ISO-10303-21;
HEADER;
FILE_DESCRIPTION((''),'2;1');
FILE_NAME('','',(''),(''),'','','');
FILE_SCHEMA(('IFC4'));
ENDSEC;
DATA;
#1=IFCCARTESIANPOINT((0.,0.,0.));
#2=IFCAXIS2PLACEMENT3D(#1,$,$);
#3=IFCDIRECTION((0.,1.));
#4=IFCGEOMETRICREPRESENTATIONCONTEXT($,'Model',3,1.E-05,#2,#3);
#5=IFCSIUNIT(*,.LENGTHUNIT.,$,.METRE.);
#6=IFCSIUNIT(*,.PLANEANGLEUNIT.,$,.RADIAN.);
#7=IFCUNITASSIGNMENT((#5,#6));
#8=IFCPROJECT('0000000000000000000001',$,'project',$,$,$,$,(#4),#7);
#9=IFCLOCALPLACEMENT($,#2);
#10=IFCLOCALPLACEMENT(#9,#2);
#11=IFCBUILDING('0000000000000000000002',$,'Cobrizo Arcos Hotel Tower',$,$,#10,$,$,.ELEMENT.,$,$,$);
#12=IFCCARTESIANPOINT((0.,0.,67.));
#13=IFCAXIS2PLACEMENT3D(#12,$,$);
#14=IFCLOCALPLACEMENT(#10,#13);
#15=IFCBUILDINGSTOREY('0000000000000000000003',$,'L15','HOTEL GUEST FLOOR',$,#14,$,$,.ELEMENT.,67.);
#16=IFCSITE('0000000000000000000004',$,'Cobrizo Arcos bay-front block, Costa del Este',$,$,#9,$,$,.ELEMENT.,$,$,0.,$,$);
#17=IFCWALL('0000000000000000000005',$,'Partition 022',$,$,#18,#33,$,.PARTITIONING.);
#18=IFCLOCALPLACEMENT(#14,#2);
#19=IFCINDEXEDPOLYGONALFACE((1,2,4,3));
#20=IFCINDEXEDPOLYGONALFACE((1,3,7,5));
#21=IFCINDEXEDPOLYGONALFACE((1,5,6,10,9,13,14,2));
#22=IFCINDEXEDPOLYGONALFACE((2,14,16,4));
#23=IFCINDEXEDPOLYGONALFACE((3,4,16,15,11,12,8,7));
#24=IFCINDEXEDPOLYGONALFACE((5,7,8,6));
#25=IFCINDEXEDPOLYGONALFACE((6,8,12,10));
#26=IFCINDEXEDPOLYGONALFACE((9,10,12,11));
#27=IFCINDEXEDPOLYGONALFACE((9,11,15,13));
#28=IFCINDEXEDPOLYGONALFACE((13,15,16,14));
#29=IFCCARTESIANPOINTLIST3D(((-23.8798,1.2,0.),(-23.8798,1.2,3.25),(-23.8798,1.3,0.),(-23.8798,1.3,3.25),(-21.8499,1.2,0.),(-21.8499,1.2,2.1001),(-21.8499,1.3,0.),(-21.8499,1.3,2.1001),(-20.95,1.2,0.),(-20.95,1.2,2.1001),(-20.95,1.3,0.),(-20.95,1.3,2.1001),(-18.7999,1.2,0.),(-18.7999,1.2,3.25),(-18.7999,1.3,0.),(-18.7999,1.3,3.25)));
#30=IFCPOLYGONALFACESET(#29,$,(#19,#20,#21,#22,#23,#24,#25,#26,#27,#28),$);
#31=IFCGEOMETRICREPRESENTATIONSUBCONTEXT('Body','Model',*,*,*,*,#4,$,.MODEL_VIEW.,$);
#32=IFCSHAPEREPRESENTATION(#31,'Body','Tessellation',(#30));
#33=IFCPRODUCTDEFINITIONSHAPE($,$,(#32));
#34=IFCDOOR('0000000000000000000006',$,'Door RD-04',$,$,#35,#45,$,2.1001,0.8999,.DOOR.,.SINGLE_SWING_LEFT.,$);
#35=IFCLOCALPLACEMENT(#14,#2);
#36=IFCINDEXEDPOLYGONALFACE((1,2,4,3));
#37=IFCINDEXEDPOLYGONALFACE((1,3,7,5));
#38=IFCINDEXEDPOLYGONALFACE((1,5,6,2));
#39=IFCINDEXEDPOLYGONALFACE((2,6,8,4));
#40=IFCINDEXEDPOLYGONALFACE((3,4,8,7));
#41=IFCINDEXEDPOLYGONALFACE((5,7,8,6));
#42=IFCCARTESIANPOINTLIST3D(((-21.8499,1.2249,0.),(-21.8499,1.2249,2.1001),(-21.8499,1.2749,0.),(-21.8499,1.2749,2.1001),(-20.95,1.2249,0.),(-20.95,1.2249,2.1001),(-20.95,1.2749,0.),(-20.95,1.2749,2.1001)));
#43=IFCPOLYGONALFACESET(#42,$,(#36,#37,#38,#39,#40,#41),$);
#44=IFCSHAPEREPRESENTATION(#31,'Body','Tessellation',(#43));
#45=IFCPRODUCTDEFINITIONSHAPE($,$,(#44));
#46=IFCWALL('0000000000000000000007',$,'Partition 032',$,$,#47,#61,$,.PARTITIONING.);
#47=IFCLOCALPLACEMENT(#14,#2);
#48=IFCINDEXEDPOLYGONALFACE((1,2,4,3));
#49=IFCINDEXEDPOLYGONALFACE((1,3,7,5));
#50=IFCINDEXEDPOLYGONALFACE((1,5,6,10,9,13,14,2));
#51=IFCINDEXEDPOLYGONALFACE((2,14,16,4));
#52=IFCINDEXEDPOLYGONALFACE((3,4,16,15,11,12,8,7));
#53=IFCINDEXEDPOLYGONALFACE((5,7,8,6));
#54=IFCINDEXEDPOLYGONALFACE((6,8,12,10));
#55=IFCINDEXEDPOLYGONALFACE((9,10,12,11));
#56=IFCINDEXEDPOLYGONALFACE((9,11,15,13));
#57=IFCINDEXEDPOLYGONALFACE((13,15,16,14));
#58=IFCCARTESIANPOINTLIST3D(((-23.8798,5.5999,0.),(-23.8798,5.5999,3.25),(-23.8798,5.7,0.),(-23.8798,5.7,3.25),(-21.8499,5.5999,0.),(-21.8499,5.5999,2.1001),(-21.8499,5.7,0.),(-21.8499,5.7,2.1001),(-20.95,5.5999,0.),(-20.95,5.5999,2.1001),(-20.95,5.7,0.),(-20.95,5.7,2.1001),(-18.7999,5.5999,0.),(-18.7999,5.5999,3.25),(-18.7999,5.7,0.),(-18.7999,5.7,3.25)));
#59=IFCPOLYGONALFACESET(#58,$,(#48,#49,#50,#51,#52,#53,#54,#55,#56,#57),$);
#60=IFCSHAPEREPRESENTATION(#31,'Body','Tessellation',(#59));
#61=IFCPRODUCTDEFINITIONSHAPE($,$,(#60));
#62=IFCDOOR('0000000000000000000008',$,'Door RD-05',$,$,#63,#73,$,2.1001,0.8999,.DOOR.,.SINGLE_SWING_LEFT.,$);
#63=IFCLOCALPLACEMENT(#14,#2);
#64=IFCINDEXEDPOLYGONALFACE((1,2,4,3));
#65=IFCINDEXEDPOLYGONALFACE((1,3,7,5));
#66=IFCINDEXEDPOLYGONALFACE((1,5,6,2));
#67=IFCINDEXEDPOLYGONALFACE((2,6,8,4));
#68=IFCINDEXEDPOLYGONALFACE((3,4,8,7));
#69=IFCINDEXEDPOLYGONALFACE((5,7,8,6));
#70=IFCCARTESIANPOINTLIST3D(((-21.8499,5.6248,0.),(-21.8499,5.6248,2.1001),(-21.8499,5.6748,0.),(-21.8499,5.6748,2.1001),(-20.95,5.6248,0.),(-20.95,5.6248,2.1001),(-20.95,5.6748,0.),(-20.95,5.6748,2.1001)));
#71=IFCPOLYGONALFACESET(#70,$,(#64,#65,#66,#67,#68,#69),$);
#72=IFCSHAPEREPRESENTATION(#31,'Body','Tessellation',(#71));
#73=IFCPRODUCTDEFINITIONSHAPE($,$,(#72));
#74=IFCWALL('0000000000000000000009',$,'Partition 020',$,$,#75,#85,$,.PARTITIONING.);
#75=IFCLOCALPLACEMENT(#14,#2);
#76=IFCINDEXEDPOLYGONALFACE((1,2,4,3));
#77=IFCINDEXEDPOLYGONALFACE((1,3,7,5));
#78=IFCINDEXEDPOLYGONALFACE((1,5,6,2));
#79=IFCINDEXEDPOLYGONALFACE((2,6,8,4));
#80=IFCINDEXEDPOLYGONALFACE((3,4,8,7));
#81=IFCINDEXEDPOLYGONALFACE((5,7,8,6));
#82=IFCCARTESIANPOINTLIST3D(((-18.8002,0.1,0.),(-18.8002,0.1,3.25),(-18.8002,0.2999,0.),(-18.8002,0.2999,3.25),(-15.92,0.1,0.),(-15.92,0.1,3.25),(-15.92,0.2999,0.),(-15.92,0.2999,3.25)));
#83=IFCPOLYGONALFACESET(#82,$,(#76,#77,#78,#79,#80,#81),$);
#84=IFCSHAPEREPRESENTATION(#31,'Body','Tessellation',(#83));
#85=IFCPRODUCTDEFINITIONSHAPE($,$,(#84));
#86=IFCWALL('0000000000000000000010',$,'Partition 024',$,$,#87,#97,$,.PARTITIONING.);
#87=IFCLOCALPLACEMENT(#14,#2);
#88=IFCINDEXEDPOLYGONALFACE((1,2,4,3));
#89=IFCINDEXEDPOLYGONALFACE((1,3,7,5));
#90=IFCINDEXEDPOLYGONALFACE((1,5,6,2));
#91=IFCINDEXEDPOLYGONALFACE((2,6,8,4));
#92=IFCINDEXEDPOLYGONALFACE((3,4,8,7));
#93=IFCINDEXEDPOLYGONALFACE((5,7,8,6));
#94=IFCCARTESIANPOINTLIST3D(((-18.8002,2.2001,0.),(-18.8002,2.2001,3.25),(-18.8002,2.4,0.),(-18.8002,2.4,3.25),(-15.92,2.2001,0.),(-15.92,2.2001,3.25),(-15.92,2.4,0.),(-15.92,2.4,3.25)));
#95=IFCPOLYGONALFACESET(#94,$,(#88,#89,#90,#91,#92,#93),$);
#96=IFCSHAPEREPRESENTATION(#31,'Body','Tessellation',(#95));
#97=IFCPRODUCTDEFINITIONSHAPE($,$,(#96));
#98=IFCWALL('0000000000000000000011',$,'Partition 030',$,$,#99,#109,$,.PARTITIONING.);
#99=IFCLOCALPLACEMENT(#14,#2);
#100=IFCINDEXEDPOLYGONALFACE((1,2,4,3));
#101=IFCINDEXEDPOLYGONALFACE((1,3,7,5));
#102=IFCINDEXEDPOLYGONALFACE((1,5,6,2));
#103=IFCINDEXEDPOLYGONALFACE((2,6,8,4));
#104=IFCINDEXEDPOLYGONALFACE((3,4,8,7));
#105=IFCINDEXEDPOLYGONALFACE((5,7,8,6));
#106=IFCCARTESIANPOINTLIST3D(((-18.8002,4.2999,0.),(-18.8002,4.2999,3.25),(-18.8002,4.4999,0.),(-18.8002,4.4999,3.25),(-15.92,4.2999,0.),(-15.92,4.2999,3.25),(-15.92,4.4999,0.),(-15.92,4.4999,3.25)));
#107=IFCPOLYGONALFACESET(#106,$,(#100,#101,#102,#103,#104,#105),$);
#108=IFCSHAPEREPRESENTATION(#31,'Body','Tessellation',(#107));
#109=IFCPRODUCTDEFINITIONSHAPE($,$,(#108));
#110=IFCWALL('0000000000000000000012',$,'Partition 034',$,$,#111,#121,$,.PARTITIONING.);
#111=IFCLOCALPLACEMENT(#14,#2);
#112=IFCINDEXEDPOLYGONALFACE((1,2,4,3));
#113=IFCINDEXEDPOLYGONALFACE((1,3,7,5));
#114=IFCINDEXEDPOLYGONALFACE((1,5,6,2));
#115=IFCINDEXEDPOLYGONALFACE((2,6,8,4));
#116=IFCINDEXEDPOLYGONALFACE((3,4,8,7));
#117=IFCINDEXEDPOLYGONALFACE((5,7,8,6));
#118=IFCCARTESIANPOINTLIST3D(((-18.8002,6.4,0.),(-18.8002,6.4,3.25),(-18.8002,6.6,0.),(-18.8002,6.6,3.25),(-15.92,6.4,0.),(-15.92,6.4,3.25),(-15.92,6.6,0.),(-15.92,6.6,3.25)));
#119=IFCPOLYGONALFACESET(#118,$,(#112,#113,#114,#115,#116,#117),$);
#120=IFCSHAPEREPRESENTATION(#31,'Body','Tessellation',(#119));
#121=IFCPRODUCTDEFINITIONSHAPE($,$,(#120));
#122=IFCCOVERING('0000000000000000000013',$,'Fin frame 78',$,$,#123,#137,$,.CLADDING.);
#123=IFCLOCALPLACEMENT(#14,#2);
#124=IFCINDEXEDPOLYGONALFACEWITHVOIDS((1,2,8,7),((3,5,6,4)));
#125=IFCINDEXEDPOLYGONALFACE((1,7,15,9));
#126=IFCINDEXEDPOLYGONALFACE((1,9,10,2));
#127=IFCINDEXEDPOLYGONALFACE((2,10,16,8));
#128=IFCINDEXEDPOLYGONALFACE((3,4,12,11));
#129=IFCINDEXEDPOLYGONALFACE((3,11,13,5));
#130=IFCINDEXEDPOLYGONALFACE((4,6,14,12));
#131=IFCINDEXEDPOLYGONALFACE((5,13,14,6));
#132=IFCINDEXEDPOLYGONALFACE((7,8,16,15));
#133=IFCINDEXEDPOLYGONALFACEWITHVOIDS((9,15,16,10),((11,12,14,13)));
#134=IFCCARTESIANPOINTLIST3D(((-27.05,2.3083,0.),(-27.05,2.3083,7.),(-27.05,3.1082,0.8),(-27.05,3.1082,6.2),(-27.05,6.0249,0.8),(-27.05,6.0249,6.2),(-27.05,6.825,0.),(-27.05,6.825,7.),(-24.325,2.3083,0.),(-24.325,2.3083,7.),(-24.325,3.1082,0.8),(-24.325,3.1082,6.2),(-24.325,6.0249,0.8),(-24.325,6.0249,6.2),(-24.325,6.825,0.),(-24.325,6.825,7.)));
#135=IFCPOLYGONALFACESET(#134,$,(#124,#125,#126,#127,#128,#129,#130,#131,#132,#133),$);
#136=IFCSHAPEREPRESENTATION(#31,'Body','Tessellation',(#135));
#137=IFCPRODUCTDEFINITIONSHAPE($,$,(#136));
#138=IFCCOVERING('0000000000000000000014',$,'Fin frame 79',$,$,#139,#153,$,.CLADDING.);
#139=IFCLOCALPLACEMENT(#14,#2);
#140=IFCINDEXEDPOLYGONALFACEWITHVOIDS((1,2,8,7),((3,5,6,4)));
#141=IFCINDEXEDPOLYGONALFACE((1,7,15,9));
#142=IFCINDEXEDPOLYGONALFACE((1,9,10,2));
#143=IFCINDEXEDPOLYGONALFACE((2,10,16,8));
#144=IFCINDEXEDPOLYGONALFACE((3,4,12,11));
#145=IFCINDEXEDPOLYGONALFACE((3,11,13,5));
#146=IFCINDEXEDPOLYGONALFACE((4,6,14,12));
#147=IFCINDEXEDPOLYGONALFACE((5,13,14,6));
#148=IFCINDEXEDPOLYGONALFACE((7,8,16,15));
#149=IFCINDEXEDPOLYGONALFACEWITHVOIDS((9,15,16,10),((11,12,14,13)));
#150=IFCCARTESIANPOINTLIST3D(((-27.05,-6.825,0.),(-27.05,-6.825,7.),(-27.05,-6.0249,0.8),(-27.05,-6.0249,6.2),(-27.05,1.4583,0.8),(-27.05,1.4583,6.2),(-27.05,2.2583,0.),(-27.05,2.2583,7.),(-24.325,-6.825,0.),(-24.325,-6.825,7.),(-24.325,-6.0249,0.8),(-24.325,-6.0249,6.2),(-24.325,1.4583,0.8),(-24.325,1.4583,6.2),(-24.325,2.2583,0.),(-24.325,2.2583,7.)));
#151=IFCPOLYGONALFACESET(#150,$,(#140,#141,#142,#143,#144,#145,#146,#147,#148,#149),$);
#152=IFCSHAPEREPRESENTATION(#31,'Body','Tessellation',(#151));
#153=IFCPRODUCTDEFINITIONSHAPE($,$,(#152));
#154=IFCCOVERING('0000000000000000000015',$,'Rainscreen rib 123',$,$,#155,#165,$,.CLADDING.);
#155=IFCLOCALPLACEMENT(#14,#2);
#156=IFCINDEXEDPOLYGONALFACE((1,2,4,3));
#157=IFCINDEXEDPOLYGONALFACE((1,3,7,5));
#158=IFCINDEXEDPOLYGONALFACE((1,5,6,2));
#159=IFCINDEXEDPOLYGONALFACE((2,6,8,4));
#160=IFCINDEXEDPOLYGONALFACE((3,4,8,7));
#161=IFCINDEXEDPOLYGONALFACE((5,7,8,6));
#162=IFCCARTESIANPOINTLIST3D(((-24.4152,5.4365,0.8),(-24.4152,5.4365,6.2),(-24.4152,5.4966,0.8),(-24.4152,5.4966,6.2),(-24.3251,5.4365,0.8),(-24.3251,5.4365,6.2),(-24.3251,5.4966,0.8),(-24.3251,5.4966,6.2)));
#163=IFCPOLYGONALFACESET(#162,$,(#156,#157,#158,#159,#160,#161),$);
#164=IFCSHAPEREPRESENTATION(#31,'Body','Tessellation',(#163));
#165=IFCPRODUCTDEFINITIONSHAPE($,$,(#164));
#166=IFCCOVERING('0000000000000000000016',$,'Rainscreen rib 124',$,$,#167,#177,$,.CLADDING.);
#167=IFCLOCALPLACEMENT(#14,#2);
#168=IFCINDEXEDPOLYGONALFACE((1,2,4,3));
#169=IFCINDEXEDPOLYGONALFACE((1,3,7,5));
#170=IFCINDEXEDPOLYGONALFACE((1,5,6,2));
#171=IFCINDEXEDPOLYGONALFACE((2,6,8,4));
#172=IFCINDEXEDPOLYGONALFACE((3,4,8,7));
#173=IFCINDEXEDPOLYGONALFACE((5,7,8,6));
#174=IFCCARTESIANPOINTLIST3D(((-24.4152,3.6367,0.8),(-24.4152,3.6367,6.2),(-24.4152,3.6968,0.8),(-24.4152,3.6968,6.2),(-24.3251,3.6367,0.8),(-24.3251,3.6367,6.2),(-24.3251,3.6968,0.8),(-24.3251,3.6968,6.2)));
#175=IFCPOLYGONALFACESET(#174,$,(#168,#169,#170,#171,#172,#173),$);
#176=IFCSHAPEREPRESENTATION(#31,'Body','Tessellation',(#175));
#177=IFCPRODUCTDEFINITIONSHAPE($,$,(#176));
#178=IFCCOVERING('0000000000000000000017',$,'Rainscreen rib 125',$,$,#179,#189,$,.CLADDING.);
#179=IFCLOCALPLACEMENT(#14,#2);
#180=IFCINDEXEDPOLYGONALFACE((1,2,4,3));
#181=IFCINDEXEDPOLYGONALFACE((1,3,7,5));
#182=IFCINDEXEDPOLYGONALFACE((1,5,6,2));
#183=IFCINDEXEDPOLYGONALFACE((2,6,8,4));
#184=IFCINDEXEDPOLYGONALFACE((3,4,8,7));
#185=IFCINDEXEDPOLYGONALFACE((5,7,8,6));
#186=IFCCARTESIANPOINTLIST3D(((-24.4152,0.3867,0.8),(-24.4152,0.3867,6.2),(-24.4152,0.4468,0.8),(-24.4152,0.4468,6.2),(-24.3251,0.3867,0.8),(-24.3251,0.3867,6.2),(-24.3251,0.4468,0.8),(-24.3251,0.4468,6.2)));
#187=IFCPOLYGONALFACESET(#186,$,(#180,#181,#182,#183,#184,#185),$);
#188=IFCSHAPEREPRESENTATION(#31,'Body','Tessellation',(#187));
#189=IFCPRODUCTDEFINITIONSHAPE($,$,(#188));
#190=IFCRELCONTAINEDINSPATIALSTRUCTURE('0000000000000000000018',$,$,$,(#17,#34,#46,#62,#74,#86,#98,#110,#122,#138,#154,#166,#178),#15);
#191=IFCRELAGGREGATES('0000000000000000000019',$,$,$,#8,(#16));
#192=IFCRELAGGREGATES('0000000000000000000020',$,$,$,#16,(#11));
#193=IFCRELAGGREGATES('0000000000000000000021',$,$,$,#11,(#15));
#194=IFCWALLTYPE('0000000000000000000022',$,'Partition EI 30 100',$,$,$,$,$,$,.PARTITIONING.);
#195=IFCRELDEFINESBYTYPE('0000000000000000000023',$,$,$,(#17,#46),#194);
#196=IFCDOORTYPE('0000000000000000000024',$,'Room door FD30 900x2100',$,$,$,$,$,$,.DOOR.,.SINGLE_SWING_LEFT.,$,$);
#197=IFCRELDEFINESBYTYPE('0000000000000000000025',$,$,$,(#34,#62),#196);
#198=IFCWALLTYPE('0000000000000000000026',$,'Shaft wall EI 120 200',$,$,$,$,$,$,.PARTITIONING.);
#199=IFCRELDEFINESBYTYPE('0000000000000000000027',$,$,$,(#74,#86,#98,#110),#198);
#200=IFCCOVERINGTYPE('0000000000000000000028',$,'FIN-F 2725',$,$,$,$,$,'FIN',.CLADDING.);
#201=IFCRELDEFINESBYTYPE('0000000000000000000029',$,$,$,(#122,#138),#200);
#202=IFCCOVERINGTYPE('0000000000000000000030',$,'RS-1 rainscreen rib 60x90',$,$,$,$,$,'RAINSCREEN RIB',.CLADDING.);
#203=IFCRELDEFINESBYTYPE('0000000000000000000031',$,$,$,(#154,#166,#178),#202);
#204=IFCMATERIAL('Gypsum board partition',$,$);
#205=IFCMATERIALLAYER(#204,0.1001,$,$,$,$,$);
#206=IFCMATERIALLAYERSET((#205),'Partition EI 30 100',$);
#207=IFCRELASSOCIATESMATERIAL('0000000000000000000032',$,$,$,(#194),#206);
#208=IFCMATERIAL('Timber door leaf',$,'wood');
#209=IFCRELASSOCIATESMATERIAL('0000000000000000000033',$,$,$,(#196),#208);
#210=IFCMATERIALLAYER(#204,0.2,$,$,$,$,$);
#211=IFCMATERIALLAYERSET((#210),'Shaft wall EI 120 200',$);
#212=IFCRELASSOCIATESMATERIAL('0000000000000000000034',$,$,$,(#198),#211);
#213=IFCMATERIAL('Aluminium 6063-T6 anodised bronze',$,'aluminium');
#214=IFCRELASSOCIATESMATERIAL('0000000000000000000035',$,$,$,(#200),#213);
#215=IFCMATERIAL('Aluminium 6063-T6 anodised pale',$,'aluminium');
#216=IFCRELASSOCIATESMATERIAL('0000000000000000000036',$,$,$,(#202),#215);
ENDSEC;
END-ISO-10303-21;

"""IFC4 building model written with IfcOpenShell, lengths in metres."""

from ifc_helpers import new_model, si_unit, direction, frame, frame_2d, origin, origin_2d, place, context, subcontext, project, spatial, polyline, rectangle, outline, extrude, material, layer, layer_set, type_object, element, fill, save


model = new_model("IFC4")

# Units and contexts
model_context = context("Model", 3, precision=1e-05, world=origin(), true_north=direction((0.0, 1.0)))
body_context = subcontext(model_context, "Body", "Model", "MODEL_VIEW")
ifc_project = project(units=[si_unit("LENGTHUNIT", "METRE"), si_unit("PLANEANGLEUNIT", "RADIAN")], contexts=[model_context])

# Site, building, storey
site_placement = place(None, origin())
site = spatial("IfcSite", under=ifc_project, at=site_placement, Name="Cobrizo Arcos bay-front block, Costa del Este", CompositionType="ELEMENT", RefElevation=0.0)
building_placement = place(site_placement, origin())
building = spatial("IfcBuilding", under=site, at=building_placement, Name="Cobrizo Arcos Hotel Tower", CompositionType="ELEMENT")
storey_placement = place(building_placement, frame((0.0, 0.0, 67.0)))
storey = spatial("IfcBuildingStorey", under=building, at=storey_placement, Name="L15", Description="HOTEL GUEST FLOOR", CompositionType="ELEMENT", Elevation=67.0)

# Walls, openings, doors
ifc_material_1 = material(Name="Gypsum board partition")
ifc_layer_1 = layer(ifc_material_1, 0.1001)
ifc_layer_set_1 = layer_set([ifc_layer_1], Name="Partition EI 30 100")
wall_type_1 = type_object("IfcWallType", Name="Partition EI 30 100", PredefinedType="PARTITIONING", material=ifc_layer_set_1)
wall_1_placement = place(storey_placement, frame((-23.8799, 1.25, 0.0), z_axis=(0.0, 0.0, 1.0), x_axis=(1.0, 0.0, 0.0)))
wall_1 = element("IfcWall", 1, at=wall_1_placement, inside=storey, type_object=wall_type_1, Name="Partition 022", PredefinedType="PARTITIONING", context=body_context, shape_type="SweptSolid", body=[
    extrude(rectangle(XDim=5.0798, YDim=0.1001, at=frame_2d((2.54, 0.0))), origin(), (0.0, 0.0, 1.0), 3.25),
])
opening_1_placement = place(wall_1_placement, frame((2.03, 0.0, 0.0)))
opening_1 = element("IfcOpeningElement", 2, at=opening_1_placement, cuts=wall_1, PredefinedType="OPENING", context=body_context, shape_type="SweptSolid", body=[
    extrude(rectangle(XDim=0.8999, YDim=2.1001, at=frame_2d((0.45, 1.05))), frame((0.0, 0.062, 0.0), z_axis=(0.0, -1.0, 0.0), x_axis=(1.0, 0.0, 0.0)), (0.0, 0.0, 1.0), 0.124),
])
ifc_material_2 = material(Name="Timber door leaf", Category="wood")
door_type = type_object("IfcDoorType", Name="Room door FD30 900x2100", OperationType="SINGLE_SWING_LEFT", PredefinedType="DOOR", material=ifc_material_2)
door_1_placement = place(opening_1_placement, origin())
door_1 = element("IfcDoor", 3, at=door_1_placement, inside=storey, type_object=door_type, Name="Door RD-04", OperationType="SINGLE_SWING_LEFT", OverallHeight=2.1001, OverallWidth=0.8999, PredefinedType="DOOR", context=body_context, shape_type="SweptSolid", body=[
    extrude(rectangle(XDim=0.8999, YDim=2.1001, at=frame_2d((0.45, 1.05))), frame((0.0, 0.0249, 0.0), z_axis=(0.0, -1.0, 0.0), x_axis=(1.0, 0.0, 0.0)), (0.0, 0.0, 1.0), 0.05),
])
fill(opening_1, door_1)
wall_2_placement = place(storey_placement, frame((-23.8799, 5.6499, 0.0), z_axis=(0.0, 0.0, 1.0), x_axis=(1.0, 0.0, 0.0)))
wall_2 = element("IfcWall", 4, at=wall_2_placement, inside=storey, type_object=wall_type_1, Name="Partition 032", PredefinedType="PARTITIONING", context=body_context, shape_type="SweptSolid", body=[
    extrude(rectangle(XDim=5.0798, YDim=0.1001, at=frame_2d((2.54, 0.0))), origin(), (0.0, 0.0, 1.0), 3.25),
])
opening_2_placement = place(wall_2_placement, frame((2.03, 0.0, 0.0)))
opening_2 = element("IfcOpeningElement", 5, at=opening_2_placement, cuts=wall_2, PredefinedType="OPENING", context=body_context, shape_type="SweptSolid", body=[
    extrude(rectangle(XDim=0.8999, YDim=2.1001, at=frame_2d((0.45, 1.05))), frame((0.0, 0.062, 0.0), z_axis=(0.0, -1.0, 0.0), x_axis=(1.0, 0.0, 0.0)), (0.0, 0.0, 1.0), 0.124),
])
door_2_placement = place(opening_2_placement, origin())
door_2 = element("IfcDoor", 6, at=door_2_placement, inside=storey, type_object=door_type, Name="Door RD-05", OperationType="SINGLE_SWING_LEFT", OverallHeight=2.1001, OverallWidth=0.8999, PredefinedType="DOOR", context=body_context, shape_type="SweptSolid", body=[
    extrude(rectangle(XDim=0.8999, YDim=2.1001, at=frame_2d((0.45, 1.05))), frame((0.0, 0.0249, 0.0), z_axis=(0.0, -1.0, 0.0), x_axis=(1.0, 0.0, 0.0)), (0.0, 0.0, 1.0), 0.05),
])
fill(opening_2, door_2)

# Walls
ifc_layer_2 = layer(ifc_material_1, 0.2)
ifc_layer_set_2 = layer_set([ifc_layer_2], Name="Shaft wall EI 120 200")
wall_type_2 = type_object("IfcWallType", Name="Shaft wall EI 120 200", PredefinedType="PARTITIONING", material=ifc_layer_set_2)
for number, where, z_axis, x_axis, name in (
    (7, (-18.8, 0.2, 0.0), (0.0, 0.0, 1.0), (1.0, 0.0, 0.0), "Partition 020"),
    (8, (-18.8, 2.3, 0.0), (0.0, 0.0, 1.0), (1.0, 0.0, 0.0), "Partition 024"),
    (9, (-18.8, 4.3999, 0.0), (0.0, 0.0, 1.0), (1.0, 0.0, 0.0), "Partition 030"),
    (10, (-18.8, 6.5, 0.0), (0.0, 0.0, 1.0), (1.0, 0.0, 0.0), "Partition 034"),
):
    element("IfcWall", number, at=place(storey_placement, frame(where, z_axis=z_axis, x_axis=x_axis)), inside=storey, type_object=wall_type_2, Name=name, PredefinedType="PARTITIONING", context=body_context, shape_type="SweptSolid", body=[
        extrude(rectangle(XDim=2.8801, YDim=0.2, at=frame_2d((1.4399, 0.0))), origin(), (0.0, 0.0, 1.0), 3.25),
    ])

# Coverings
ifc_material_3 = material(Name="Aluminium 6063-T6 anodised bronze", Category="aluminium")
covering_type_1 = type_object("IfcCoveringType", Name="FIN-F 2725", ElementType="FIN", PredefinedType="CLADDING", material=ifc_material_3)
covering_1_placement = place(storey_placement, frame((-24.325, 6.825, 0.0), z_axis=(-1.0, 0.0, 0.0), x_axis=(0.0, -1.0, 0.0)))
element("IfcCovering", 11, at=covering_1_placement, inside=storey, type_object=covering_type_1, Name="Fin frame 78", PredefinedType="CLADDING", context=body_context, shape_type="SweptSolid", body=[
    extrude(outline(polyline([(0.0, 7.0), (0.0, 0.0), (4.5166, 0.0), (4.5166, 7.0), (0.0, 7.0)]), holes=[polyline([(3.7168, 0.8), (0.8, 0.8), (0.8, 6.2), (3.7168, 6.2), (3.7168, 0.8)])]), origin(), (0.0, 0.0, 1.0), 2.7251),
])
covering_2_placement = place(storey_placement, frame((-24.325, 2.2583, 0.0), z_axis=(-1.0, 0.0, 0.0), x_axis=(0.0, -1.0, 0.0)))
element("IfcCovering", 12, at=covering_2_placement, inside=storey, type_object=covering_type_1, Name="Fin frame 79", PredefinedType="CLADDING", context=body_context, shape_type="SweptSolid", body=[
    extrude(outline(polyline([(0.0, 7.0), (0.0, 0.0), (9.0833, 0.0), (9.0833, 7.0), (0.0, 7.0)]), holes=[polyline([(8.2832, 0.8), (0.8, 0.8), (0.8, 6.2), (8.2832, 6.2), (8.2832, 0.8)])]), origin(), (0.0, 0.0, 1.0), 2.7251),
])
ifc_material_4 = material(Name="Aluminium 6063-T6 anodised pale", Category="aluminium")
covering_type_2 = type_object("IfcCoveringType", Name="RS-1 rainscreen rib 60x90", ElementType="RAINSCREEN RIB", PredefinedType="CLADDING", material=ifc_material_4)
for number, where, z_axis, x_axis, name in (
    (13, (-24.3701, 5.4666, 0.8), (0.0, 0.0, 1.0), (0.0, -1.0, 0.0), "Rainscreen rib 123"),
    (14, (-24.3701, 3.6667, 0.8), (0.0, 0.0, 1.0), (0.0, -1.0, 0.0), "Rainscreen rib 124"),
    (15, (-24.3701, 0.4167, 0.8), (0.0, 0.0, 1.0), (0.0, -1.0, 0.0), "Rainscreen rib 125"),
):
    element("IfcCovering", number, at=place(storey_placement, frame(where, z_axis=z_axis, x_axis=x_axis)), inside=storey, type_object=covering_type_2, Name=name, PredefinedType="CLADDING", context=body_context, shape_type="SweptSolid", body=[
        extrude(rectangle(XDim=0.0601, YDim=0.0901, at=origin_2d()), origin(), (0.0, 0.0, 1.0), 5.3999),
    ])

save(model, "model.ifc")
